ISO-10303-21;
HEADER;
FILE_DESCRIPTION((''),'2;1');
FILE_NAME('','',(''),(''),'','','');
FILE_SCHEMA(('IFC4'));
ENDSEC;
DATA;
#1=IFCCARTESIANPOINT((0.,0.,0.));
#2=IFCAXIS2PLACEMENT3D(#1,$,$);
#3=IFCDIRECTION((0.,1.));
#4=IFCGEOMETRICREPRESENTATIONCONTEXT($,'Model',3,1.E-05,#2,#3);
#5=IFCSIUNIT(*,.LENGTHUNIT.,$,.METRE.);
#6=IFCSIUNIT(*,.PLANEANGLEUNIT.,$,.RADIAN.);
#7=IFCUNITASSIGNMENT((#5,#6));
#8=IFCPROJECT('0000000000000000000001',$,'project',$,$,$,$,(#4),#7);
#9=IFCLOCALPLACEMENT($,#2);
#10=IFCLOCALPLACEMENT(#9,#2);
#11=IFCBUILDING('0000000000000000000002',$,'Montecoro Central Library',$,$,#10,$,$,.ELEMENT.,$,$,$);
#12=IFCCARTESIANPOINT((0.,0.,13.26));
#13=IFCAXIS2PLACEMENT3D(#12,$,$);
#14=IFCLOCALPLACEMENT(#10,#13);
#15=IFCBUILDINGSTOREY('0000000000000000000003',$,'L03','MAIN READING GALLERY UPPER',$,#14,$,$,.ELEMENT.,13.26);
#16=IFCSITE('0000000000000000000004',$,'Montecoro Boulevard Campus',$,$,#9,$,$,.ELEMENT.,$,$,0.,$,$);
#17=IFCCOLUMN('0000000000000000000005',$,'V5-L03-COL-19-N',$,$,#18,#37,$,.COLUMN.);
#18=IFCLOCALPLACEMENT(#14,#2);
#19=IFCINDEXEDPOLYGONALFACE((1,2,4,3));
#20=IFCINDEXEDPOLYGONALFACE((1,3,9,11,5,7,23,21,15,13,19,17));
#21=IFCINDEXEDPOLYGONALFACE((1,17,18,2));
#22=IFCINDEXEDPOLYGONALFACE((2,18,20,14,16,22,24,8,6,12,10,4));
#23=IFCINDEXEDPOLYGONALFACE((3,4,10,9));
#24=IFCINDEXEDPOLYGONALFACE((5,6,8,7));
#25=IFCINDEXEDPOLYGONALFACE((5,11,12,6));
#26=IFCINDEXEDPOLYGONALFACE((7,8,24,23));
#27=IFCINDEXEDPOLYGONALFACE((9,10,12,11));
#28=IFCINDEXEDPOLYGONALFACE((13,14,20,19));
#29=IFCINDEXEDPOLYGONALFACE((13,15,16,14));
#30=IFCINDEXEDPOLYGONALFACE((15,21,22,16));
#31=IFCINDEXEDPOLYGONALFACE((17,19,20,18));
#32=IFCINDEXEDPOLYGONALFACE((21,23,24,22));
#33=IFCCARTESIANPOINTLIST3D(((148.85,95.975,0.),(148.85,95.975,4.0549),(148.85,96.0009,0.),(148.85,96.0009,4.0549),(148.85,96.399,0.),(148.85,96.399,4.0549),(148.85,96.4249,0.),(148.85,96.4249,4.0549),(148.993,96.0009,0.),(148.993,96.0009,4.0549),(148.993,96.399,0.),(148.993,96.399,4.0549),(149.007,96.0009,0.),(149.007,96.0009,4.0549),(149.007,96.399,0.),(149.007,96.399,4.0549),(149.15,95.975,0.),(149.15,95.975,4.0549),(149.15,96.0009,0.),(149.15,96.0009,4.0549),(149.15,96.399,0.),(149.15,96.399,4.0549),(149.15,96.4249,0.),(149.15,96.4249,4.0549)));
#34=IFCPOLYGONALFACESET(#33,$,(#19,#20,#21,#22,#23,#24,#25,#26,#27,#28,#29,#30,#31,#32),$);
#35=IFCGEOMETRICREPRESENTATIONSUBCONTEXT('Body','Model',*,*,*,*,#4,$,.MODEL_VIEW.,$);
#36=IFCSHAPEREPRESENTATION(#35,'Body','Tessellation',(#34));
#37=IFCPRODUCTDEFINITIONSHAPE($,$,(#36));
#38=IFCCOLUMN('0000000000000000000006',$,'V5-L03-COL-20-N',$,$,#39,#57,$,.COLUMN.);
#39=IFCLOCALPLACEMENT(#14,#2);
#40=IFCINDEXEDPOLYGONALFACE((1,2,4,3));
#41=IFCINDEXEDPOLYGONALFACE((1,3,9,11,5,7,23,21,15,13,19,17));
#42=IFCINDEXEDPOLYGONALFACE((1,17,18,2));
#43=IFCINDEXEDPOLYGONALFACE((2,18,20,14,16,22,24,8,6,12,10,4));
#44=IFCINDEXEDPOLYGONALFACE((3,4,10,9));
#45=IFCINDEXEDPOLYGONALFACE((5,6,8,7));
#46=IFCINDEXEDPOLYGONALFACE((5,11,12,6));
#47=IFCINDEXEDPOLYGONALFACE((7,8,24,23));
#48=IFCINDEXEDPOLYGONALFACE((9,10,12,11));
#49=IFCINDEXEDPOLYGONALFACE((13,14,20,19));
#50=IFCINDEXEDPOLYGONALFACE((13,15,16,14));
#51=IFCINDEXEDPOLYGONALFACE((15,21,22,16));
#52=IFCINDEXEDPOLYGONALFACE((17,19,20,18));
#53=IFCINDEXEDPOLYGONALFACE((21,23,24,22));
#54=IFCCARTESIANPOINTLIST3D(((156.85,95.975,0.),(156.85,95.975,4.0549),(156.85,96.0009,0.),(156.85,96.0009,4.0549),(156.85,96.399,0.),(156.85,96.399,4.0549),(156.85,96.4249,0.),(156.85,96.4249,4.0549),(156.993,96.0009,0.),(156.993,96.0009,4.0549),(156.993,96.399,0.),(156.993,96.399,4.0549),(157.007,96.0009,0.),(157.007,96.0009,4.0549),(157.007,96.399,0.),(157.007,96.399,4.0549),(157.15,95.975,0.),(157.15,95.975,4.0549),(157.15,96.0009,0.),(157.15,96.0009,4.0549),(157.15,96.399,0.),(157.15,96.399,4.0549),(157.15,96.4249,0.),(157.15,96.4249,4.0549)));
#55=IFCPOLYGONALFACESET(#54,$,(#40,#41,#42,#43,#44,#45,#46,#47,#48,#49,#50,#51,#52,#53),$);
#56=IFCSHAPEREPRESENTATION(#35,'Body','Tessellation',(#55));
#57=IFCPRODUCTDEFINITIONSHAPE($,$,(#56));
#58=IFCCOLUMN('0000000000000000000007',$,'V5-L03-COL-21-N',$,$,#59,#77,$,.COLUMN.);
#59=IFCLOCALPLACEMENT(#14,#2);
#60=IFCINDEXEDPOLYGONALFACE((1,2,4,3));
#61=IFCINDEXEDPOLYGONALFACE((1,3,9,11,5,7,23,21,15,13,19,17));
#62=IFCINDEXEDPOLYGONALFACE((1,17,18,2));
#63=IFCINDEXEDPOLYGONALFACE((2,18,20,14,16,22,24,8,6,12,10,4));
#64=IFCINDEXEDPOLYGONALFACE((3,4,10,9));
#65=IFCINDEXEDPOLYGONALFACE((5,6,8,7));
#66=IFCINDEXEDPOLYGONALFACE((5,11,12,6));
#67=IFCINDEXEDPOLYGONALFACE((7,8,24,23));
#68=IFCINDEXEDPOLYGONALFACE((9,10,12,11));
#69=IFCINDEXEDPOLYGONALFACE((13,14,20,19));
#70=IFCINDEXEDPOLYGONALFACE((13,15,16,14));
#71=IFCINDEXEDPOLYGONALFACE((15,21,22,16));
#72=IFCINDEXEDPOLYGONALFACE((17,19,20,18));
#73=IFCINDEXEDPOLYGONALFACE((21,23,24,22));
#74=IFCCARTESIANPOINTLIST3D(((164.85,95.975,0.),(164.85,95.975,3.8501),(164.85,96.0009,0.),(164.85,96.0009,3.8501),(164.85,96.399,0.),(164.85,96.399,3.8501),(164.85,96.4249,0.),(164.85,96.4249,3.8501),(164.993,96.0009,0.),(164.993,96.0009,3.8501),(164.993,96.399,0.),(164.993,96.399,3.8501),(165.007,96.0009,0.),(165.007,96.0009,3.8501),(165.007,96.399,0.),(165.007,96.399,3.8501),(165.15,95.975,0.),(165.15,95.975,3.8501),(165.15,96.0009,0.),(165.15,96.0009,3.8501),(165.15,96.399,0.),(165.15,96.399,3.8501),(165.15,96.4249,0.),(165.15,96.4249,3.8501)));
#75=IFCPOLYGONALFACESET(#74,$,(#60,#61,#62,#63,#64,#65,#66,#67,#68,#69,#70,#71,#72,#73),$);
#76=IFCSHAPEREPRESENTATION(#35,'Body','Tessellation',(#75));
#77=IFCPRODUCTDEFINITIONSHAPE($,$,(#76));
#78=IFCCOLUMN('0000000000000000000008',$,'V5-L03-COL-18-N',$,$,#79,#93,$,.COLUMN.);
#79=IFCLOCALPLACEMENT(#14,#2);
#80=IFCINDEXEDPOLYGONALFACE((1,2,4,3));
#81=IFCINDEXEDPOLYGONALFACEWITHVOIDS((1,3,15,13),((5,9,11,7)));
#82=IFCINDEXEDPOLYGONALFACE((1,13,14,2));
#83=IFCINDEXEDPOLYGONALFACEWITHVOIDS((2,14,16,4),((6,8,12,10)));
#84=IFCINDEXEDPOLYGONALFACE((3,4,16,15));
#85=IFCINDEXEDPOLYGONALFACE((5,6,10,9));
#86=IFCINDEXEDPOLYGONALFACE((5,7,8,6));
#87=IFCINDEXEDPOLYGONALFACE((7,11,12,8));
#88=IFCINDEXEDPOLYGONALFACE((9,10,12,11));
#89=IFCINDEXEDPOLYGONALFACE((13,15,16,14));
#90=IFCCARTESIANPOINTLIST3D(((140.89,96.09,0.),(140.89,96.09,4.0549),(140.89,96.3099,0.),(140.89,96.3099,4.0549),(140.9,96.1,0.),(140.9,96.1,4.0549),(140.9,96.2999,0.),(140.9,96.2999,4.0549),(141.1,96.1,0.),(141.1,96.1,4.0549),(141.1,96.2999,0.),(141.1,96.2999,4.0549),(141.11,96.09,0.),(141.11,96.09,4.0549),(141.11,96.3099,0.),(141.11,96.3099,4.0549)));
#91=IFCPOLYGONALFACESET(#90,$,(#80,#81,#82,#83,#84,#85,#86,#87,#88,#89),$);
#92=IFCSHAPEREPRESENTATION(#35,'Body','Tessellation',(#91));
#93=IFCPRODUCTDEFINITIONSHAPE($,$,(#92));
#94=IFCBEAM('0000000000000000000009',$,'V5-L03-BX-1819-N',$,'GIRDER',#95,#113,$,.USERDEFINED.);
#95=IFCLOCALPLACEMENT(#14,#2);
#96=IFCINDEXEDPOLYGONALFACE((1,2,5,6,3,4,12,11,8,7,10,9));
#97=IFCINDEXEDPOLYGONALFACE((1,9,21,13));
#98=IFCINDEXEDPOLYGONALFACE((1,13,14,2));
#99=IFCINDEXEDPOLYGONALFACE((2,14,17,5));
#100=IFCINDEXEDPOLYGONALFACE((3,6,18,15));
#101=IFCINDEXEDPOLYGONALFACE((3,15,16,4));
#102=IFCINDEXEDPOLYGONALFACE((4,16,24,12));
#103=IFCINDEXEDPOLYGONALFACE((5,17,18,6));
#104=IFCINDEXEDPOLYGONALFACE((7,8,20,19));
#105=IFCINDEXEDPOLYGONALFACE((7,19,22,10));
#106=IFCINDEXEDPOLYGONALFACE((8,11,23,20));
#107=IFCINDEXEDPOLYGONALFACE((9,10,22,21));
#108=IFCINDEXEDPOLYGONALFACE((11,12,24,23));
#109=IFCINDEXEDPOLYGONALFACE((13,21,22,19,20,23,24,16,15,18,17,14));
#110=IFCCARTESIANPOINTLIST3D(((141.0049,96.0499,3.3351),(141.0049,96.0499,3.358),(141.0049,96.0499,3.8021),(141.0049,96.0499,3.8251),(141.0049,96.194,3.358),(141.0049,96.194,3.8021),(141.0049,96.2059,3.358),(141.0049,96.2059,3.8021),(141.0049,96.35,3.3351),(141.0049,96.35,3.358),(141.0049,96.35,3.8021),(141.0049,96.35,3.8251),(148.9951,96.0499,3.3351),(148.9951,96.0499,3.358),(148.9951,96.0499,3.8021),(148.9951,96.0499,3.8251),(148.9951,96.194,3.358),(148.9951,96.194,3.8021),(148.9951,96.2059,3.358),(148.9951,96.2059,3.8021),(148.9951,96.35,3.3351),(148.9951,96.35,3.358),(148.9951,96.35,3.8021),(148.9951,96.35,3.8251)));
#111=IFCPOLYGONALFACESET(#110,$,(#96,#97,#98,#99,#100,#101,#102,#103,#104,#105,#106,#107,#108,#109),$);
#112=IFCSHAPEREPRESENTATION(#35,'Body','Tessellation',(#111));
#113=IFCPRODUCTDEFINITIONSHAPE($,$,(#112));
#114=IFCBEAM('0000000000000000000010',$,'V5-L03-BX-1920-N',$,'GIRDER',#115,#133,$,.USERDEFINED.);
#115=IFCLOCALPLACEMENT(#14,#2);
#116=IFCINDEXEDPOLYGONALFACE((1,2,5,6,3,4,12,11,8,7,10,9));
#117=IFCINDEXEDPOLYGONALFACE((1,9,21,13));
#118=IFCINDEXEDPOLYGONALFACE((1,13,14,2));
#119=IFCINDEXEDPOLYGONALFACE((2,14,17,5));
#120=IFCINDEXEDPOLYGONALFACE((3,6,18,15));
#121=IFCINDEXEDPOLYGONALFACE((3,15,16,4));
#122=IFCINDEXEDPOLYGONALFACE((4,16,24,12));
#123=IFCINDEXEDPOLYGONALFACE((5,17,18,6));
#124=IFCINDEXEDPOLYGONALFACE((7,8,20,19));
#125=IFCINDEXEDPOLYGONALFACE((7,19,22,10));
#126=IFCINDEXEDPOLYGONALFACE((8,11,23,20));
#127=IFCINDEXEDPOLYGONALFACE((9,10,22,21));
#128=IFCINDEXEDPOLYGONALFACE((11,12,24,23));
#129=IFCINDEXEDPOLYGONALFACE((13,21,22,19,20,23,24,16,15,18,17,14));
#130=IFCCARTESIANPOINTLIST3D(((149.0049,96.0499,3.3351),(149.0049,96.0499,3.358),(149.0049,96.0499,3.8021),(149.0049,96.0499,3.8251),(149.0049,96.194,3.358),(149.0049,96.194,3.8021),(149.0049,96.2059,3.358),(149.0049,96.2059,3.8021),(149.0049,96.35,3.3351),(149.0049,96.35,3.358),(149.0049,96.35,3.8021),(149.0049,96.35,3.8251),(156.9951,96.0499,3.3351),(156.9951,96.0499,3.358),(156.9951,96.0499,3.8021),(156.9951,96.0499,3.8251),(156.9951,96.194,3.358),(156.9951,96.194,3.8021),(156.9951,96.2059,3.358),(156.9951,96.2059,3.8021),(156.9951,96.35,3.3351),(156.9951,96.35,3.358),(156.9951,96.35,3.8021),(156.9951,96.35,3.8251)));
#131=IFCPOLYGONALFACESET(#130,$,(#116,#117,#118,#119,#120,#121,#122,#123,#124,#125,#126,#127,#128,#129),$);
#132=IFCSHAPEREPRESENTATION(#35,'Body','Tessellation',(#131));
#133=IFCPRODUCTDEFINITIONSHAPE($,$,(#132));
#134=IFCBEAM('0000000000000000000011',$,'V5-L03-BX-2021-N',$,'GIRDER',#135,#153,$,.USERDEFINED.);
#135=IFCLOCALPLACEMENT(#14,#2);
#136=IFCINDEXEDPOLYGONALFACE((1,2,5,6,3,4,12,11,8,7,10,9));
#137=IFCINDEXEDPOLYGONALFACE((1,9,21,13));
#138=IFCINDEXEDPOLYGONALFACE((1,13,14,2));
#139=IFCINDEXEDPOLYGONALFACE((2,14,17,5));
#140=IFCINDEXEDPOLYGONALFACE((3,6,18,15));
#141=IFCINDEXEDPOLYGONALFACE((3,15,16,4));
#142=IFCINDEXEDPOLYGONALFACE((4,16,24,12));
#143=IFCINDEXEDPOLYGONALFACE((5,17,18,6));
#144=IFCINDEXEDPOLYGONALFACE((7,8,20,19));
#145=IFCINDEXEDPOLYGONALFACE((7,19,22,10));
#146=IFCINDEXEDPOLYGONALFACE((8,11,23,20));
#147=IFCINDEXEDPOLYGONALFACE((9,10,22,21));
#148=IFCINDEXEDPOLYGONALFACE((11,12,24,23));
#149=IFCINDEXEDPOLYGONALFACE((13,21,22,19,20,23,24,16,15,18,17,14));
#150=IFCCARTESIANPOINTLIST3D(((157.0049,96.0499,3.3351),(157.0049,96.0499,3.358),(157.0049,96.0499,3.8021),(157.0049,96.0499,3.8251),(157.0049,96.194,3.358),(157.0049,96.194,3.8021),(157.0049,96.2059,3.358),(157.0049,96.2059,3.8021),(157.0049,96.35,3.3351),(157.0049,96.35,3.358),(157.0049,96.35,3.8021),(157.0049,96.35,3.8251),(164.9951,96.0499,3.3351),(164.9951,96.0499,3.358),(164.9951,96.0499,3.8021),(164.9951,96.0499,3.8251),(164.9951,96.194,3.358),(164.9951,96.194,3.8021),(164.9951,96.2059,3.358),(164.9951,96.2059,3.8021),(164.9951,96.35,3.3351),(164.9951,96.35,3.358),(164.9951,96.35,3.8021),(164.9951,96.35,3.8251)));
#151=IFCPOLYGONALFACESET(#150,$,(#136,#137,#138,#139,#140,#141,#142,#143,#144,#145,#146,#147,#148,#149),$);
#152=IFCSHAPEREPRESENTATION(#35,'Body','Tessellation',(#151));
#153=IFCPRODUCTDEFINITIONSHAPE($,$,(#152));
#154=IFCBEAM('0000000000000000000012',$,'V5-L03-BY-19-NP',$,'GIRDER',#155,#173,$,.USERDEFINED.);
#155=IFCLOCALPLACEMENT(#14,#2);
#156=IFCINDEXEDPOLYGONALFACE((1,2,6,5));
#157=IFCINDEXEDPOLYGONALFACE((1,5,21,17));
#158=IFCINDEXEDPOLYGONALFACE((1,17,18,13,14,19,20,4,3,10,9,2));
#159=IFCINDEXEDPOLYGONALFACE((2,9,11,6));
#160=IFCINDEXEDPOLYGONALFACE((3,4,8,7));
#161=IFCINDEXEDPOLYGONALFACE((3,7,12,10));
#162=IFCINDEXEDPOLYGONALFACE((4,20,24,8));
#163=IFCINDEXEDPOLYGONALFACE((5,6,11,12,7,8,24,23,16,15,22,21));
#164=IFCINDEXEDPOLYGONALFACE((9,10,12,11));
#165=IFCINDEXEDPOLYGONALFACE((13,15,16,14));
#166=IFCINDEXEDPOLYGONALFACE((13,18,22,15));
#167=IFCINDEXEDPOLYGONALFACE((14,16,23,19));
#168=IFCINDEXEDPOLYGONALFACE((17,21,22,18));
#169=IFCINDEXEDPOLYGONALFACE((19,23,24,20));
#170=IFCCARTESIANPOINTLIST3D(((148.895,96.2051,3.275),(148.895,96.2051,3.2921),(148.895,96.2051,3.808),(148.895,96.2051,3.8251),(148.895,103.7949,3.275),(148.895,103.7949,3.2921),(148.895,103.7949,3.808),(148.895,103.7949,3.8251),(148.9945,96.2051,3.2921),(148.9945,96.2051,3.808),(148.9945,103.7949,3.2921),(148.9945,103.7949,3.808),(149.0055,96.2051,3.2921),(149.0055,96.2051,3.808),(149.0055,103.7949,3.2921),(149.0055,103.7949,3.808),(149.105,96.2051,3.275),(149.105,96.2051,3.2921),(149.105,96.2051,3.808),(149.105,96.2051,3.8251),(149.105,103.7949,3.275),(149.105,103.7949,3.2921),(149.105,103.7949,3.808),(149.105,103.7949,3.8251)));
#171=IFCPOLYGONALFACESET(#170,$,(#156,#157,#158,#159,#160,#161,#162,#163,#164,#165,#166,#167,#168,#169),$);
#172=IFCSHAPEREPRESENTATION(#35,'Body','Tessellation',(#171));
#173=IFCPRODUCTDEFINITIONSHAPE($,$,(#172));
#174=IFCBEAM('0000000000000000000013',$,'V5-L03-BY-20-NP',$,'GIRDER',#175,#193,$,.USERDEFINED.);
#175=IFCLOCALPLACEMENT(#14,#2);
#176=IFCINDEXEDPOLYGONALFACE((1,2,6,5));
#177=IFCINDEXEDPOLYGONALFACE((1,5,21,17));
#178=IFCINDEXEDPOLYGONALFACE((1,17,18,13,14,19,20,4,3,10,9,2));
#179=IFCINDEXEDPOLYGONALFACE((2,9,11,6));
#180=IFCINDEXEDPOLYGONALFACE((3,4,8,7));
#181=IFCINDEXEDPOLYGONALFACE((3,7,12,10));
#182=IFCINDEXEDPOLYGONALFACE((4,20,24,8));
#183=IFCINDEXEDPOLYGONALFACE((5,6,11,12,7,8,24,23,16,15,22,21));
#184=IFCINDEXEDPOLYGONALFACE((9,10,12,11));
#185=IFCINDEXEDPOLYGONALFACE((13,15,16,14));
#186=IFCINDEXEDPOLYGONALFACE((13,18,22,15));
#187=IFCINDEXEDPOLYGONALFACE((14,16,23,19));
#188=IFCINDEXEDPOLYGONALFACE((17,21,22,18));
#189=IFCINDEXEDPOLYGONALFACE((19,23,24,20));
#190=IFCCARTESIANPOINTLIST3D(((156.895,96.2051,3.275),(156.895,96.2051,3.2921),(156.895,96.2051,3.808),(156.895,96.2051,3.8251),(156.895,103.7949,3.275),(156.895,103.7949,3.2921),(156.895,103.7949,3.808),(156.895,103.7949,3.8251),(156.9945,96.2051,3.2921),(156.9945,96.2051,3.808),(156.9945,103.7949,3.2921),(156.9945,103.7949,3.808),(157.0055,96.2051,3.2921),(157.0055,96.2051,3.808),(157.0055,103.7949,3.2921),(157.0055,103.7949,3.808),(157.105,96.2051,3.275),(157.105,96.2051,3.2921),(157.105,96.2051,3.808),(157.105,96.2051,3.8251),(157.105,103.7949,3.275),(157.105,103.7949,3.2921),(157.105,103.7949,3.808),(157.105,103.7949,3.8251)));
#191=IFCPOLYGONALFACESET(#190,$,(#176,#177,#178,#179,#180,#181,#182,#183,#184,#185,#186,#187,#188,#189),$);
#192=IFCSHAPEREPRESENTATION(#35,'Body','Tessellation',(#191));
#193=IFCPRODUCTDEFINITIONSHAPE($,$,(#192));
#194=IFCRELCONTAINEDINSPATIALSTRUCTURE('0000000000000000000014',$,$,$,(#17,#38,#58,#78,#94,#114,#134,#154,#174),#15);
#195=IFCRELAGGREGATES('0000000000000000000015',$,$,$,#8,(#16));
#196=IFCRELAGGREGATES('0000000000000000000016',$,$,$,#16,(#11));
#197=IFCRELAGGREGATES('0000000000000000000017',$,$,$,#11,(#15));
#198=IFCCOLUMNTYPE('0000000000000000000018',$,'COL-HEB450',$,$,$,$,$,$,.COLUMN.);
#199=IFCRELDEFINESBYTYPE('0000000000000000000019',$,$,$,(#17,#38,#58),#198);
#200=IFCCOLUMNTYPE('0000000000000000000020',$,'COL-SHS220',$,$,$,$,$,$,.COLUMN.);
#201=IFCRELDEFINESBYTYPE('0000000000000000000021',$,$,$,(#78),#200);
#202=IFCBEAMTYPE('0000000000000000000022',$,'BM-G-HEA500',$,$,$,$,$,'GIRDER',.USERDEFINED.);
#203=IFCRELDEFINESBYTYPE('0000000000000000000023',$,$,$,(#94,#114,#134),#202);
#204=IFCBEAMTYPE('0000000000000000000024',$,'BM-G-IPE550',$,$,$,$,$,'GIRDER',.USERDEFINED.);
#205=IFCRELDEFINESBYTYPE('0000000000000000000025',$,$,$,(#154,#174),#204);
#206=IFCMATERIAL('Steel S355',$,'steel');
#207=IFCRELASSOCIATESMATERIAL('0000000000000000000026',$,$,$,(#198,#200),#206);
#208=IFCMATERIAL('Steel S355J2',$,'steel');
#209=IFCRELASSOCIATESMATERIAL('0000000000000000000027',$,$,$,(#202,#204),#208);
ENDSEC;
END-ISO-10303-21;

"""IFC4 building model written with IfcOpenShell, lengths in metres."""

from ifc_helpers import new_model, si_unit, direction, frame, origin, origin_2d, place, context, subcontext, project, spatial, hollow_rectangle, i_section, extrude, material, material_profile, profile_set, type_object, element, save


model = new_model("IFC4")

# Units and contexts
model_context = context("Model", 3, precision=1e-05, world=origin(), true_north=direction((0.0, 1.0)))
body_context = subcontext(model_context, "Body", "Model", "MODEL_VIEW")
ifc_project = project(units=[si_unit("LENGTHUNIT", "METRE"), si_unit("PLANEANGLEUNIT", "RADIAN")], contexts=[model_context])

# Site, building, storey
site_placement = place(None, origin())
site = spatial("IfcSite", under=ifc_project, at=site_placement, Name="Montecoro Boulevard Campus", CompositionType="ELEMENT", RefElevation=0.0)
building_placement = place(site_placement, origin())
building = spatial("IfcBuilding", under=site, at=building_placement, Name="Montecoro Central Library", CompositionType="ELEMENT")
storey_placement = place(building_placement, frame((0.0, 0.0, 13.26)))
storey = spatial("IfcBuildingStorey", under=building, at=storey_placement, Name="L03", Description="MAIN READING GALLERY UPPER", CompositionType="ELEMENT", Elevation=13.26)

# Columns
ifc_material_1 = material(Name="Steel S355", Category="steel")
ifc_material_profile_1 = material_profile(ifc_material_1, i_section(OverallWidth=0.3, OverallDepth=0.45, WebThickness=0.0139, FlangeThickness=0.0259, at=origin_2d()), Name="HEB 450")
ifc_profile_set_1 = profile_set([ifc_material_profile_1], Name="Steel S355")
column_type_1 = type_object("IfcColumnType", Name="COL-HEB450", PredefinedType="COLUMN", material=ifc_profile_set_1)
for number, where, z_axis, x_axis, name in (
    (1, (149.0, 96.2, 0.0), (0.0, 0.0, 1.0), (1.0, 0.0, 0.0), "V5-L03-COL-19-N"),
    (2, (157.0, 96.2, 0.0), (0.0, 0.0, 1.0), (1.0, 0.0, 0.0), "V5-L03-COL-20-N"),
):
    element("IfcColumn", number, at=place(storey_placement, frame(where, z_axis=z_axis, x_axis=x_axis)), inside=storey, type_object=column_type_1, Name=name, PredefinedType="COLUMN", context=body_context, shape_type="SweptSolid", body=[
        extrude(i_section(OverallWidth=0.3, OverallDepth=0.45, WebThickness=0.0139, FlangeThickness=0.0259, at=origin_2d()), origin(), (0.0, 0.0, 1.0), 4.0549),
    ])
column_1_placement = place(storey_placement, frame((165.0, 96.2, 0.0), z_axis=(0.0, 0.0, 1.0), x_axis=(1.0, 0.0, 0.0)))
element("IfcColumn", 3, at=column_1_placement, inside=storey, type_object=column_type_1, Name="V5-L03-COL-21-N", PredefinedType="COLUMN", context=body_context, shape_type="SweptSolid", body=[
    extrude(i_section(OverallWidth=0.3, OverallDepth=0.45, WebThickness=0.0139, FlangeThickness=0.0259, at=origin_2d()), origin(), (0.0, 0.0, 1.0), 3.8501),
])
ifc_material_profile_2 = material_profile(ifc_material_1, hollow_rectangle(XDim=0.22, YDim=0.22, WallThickness=0.01, at=origin_2d()), Name="SHS 220x220x10.0")
ifc_profile_set_2 = profile_set([ifc_material_profile_2], Name="Steel S355")
column_type_2 = type_object("IfcColumnType", Name="COL-SHS220", PredefinedType="COLUMN", material=ifc_profile_set_2)
column_2_placement = place(storey_placement, frame((141.0, 96.2, 0.0), z_axis=(0.0, 0.0, 1.0), x_axis=(1.0, 0.0, 0.0)))
element("IfcColumn", 4, at=column_2_placement, inside=storey, type_object=column_type_2, Name="V5-L03-COL-18-N", PredefinedType="COLUMN", context=body_context, shape_type="SweptSolid", body=[
    extrude(hollow_rectangle(XDim=0.22, YDim=0.22, WallThickness=0.01, at=origin_2d()), origin(), (0.0, 0.0, 1.0), 4.0549),
])

# Beams
ifc_material_2 = material(Name="Steel S355J2", Category="steel")
ifc_material_profile_3 = material_profile(ifc_material_2, i_section(OverallWidth=0.3, OverallDepth=0.49, WebThickness=0.012, FlangeThickness=0.0229, at=origin_2d()), Name="HEA 500")
ifc_profile_set_3 = profile_set([ifc_material_profile_3], Name="Steel S355J2")
beam_type_1 = type_object("IfcBeamType", Name="BM-G-HEA500", ElementType="GIRDER", PredefinedType="USERDEFINED", material=ifc_profile_set_3)
for number, where, z_axis, x_axis, name in (
    (5, (141.0049, 96.2, 3.5801), (1.0, 0.0, 0.0), (0.0, 1.0, 0.0), "V5-L03-BX-1819-N"),
    (6, (149.0049, 96.2, 3.5801), (1.0, 0.0, 0.0), (0.0, 1.0, 0.0), "V5-L03-BX-1920-N"),
    (7, (157.0049, 96.2, 3.5801), (1.0, 0.0, 0.0), (0.0, 1.0, 0.0), "V5-L03-BX-2021-N"),
):
    element("IfcBeam", number, at=place(storey_placement, frame(where, z_axis=z_axis, x_axis=x_axis)), inside=storey, type_object=beam_type_1, Name=name, ObjectType="GIRDER", PredefinedType="USERDEFINED", context=body_context, shape_type="SweptSolid", body=[
        extrude(i_section(OverallWidth=0.3, OverallDepth=0.49, WebThickness=0.012, FlangeThickness=0.0229, at=origin_2d()), origin(), (0.0, 0.0, 1.0), 7.9902),
    ])
ifc_material_profile_4 = material_profile(ifc_material_2, i_section(OverallWidth=0.21, OverallDepth=0.55, WebThickness=0.011, FlangeThickness=0.0171, at=origin_2d()), Name="IPE 550")
ifc_profile_set_4 = profile_set([ifc_material_profile_4], Name="Steel S355J2")
beam_type_2 = type_object("IfcBeamType", Name="BM-G-IPE550", ElementType="GIRDER", PredefinedType="USERDEFINED", material=ifc_profile_set_4)
for number, where, z_axis, x_axis, name in (
    (8, (149.0, 96.2051, 3.55), (0.0, 1.0, 0.0), (-1.0, 0.0, 0.0), "V5-L03-BY-19-NP"),
    (9, (157.0, 96.2051, 3.55), (0.0, 1.0, 0.0), (-1.0, 0.0, 0.0), "V5-L03-BY-20-NP"),
):
    element("IfcBeam", number, at=place(storey_placement, frame(where, z_axis=z_axis, x_axis=x_axis)), inside=storey, type_object=beam_type_2, Name=name, ObjectType="GIRDER", PredefinedType="USERDEFINED", context=body_context, shape_type="SweptSolid", body=[
        extrude(i_section(OverallWidth=0.21, OverallDepth=0.55, WebThickness=0.011, FlangeThickness=0.0171, at=origin_2d()), origin(), (0.0, 0.0, 1.0), 7.5898),
    ])

save(model, "model.ifc")
